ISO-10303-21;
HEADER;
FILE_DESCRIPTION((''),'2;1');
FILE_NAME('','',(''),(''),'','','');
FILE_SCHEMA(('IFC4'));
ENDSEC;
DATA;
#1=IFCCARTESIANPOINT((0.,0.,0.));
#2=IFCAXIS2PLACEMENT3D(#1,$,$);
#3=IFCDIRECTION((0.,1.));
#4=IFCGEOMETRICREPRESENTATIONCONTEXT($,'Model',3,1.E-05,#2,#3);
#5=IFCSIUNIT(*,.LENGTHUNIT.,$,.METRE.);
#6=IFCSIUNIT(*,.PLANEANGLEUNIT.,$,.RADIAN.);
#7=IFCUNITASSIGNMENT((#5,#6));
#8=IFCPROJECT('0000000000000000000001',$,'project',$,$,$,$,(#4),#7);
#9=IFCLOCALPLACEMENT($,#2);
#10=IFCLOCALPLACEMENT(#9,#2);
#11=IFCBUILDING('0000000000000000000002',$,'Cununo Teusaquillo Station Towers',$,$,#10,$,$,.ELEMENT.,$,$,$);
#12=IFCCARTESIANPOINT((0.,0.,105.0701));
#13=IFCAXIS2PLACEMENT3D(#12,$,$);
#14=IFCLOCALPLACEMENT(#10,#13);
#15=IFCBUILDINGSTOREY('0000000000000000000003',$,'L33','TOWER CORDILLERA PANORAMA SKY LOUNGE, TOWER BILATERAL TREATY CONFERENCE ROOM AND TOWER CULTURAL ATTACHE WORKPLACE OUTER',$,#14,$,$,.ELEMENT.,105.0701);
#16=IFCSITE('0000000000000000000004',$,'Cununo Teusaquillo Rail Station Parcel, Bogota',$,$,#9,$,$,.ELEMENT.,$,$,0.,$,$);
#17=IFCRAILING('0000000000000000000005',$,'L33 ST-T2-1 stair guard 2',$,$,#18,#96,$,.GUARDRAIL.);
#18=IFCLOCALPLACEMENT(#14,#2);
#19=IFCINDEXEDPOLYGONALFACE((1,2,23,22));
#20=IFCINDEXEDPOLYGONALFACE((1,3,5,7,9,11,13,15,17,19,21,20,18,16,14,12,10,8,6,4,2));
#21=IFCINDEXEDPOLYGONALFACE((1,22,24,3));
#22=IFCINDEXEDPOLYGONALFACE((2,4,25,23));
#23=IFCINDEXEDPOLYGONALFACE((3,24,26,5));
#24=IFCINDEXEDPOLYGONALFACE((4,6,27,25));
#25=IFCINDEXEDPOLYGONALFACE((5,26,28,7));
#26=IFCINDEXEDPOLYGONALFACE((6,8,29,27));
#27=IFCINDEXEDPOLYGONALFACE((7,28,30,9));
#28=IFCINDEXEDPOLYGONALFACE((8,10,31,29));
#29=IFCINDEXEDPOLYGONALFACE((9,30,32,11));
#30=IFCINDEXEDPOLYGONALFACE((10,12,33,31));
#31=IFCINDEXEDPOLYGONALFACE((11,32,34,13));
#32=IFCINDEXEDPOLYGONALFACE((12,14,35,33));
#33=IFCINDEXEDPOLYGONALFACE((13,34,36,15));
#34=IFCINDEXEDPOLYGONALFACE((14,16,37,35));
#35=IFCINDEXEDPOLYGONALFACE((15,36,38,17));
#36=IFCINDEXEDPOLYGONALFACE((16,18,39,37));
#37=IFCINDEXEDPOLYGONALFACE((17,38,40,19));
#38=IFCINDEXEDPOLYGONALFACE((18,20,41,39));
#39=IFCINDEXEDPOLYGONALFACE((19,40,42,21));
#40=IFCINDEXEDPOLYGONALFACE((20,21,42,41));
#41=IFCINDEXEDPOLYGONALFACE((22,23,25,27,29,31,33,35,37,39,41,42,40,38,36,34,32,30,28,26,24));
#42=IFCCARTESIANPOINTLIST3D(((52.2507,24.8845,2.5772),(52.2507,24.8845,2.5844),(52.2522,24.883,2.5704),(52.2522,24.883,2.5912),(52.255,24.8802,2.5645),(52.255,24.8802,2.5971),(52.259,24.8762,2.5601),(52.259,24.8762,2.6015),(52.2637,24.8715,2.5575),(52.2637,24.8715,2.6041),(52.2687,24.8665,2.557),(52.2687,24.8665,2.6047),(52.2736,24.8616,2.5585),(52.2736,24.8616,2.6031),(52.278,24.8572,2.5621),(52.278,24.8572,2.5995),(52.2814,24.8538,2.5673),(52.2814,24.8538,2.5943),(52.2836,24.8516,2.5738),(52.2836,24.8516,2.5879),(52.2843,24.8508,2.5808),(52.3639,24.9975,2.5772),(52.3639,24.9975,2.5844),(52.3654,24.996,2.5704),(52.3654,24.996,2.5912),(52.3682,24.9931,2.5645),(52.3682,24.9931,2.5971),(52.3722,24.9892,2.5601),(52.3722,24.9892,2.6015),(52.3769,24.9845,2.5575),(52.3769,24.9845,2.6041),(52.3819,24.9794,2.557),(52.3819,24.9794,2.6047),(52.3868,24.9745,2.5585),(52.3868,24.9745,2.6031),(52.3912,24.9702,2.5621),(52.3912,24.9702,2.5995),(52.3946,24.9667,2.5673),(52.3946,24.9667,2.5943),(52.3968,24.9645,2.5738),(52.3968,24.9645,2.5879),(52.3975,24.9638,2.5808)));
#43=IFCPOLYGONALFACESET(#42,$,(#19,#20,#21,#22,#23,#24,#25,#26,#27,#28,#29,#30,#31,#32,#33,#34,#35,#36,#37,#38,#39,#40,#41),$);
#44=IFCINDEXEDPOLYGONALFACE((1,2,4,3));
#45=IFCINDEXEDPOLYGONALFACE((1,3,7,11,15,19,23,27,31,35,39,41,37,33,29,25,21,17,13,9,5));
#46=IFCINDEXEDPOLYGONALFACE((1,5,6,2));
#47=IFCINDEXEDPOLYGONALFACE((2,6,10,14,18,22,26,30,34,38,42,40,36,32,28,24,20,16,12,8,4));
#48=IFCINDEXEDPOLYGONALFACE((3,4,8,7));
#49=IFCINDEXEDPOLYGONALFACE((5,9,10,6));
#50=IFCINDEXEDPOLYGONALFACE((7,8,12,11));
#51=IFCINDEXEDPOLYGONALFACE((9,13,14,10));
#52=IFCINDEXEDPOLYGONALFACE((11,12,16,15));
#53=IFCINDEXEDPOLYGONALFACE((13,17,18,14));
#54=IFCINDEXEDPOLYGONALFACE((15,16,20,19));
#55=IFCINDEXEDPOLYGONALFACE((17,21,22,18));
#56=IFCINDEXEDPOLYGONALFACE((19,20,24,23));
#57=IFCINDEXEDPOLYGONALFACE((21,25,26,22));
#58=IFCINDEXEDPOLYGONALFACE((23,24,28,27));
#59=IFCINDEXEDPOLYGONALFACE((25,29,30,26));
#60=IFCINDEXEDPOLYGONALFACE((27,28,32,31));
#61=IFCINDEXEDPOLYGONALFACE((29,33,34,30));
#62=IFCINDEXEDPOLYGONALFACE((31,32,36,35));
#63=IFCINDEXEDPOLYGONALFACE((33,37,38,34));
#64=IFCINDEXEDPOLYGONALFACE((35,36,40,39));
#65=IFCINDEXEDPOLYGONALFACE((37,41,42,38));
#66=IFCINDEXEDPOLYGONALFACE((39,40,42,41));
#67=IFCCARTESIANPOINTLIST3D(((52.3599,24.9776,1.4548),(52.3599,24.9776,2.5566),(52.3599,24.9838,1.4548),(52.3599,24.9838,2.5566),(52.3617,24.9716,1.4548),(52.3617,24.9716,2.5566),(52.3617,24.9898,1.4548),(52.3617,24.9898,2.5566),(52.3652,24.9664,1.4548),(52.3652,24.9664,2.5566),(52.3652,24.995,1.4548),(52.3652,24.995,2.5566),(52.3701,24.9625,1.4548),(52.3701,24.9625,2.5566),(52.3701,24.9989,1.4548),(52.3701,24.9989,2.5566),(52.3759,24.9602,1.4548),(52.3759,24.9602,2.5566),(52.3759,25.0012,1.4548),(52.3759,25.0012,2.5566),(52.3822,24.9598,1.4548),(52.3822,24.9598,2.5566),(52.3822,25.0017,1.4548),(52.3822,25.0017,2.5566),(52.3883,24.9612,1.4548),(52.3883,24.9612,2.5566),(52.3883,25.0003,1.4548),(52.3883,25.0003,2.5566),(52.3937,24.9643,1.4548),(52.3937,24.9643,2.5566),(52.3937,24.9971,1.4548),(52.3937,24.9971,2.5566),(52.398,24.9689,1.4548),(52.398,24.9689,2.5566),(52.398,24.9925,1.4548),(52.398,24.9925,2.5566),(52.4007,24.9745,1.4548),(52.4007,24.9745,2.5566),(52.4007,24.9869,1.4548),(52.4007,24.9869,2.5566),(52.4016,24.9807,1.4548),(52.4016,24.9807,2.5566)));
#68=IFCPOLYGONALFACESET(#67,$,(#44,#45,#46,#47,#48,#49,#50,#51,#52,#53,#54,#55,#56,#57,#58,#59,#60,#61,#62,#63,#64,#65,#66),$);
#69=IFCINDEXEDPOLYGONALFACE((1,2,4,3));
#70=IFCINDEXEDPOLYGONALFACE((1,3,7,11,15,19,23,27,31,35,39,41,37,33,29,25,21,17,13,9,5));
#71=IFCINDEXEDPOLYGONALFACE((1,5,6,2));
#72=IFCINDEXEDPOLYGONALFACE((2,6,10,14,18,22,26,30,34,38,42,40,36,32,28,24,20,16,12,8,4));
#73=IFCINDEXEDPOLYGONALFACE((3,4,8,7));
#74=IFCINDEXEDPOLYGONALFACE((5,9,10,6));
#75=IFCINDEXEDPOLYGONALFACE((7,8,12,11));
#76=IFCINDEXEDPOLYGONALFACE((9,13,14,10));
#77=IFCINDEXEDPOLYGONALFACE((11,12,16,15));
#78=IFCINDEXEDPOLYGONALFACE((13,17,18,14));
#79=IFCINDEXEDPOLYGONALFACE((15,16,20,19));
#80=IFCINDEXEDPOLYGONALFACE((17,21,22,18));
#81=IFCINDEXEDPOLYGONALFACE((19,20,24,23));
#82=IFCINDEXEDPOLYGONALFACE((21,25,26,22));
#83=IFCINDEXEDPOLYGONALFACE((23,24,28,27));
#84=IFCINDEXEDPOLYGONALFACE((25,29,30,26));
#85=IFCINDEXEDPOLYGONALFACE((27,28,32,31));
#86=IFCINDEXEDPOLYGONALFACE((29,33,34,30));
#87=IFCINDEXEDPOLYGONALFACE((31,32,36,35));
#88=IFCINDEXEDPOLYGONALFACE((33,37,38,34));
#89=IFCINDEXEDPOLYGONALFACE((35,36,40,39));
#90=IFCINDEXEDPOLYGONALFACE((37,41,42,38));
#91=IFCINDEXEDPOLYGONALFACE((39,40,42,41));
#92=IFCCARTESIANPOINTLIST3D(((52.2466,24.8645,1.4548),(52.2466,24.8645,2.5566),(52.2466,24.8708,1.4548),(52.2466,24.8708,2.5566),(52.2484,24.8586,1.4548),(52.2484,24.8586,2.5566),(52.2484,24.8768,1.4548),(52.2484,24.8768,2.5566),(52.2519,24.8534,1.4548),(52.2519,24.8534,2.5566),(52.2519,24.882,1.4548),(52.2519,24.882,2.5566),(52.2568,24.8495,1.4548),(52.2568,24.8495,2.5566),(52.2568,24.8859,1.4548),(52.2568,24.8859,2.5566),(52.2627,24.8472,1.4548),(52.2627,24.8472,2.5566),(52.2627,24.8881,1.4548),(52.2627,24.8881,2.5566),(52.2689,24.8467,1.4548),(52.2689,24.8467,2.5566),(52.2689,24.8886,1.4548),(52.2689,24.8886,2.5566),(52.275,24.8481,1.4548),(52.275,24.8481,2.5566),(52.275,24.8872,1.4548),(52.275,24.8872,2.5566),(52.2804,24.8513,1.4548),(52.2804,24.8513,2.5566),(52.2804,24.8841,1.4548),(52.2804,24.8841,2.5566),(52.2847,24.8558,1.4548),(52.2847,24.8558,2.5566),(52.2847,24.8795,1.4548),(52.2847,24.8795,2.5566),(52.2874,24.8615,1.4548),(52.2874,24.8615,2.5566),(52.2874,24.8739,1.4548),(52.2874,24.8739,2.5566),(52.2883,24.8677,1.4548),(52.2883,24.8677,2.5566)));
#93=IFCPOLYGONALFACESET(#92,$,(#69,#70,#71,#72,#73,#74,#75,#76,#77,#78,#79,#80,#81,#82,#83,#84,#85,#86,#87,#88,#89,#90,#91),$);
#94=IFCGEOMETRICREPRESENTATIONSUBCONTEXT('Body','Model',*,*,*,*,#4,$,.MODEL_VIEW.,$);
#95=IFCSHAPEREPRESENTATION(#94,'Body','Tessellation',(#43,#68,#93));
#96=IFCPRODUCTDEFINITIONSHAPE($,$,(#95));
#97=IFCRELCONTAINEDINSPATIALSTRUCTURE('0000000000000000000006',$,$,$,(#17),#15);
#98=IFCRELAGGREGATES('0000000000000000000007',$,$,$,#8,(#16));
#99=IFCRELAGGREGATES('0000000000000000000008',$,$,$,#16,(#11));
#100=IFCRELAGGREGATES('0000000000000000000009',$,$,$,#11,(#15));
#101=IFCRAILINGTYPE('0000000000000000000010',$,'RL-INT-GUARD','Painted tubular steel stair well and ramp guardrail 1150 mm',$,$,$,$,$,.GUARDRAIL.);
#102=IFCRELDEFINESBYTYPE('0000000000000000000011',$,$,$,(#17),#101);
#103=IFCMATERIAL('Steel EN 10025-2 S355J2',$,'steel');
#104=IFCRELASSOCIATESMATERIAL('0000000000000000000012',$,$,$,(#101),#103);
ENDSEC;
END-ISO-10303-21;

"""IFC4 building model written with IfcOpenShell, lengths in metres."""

from ifc_helpers import new_model, si_unit, direction, frame, origin, origin_2d, place, context, subcontext, project, spatial, circle, extrude, material, type_object, element, save


model = new_model("IFC4")

# Units and contexts
model_context = context("Model", 3, precision=1e-05, world=origin(), true_north=direction((0.0, 1.0)))
body_context = subcontext(model_context, "Body", "Model", "MODEL_VIEW")
ifc_project = project(units=[si_unit("LENGTHUNIT", "METRE"), si_unit("PLANEANGLEUNIT", "RADIAN")], contexts=[model_context])

# Site, building, storey
site_placement = place(None, origin())
site = spatial("IfcSite", under=ifc_project, at=site_placement, Name="Cununo Teusaquillo Rail Station Parcel, Bogota", CompositionType="ELEMENT", RefElevation=0.0)
building_placement = place(site_placement, origin())
building = spatial("IfcBuilding", under=site, at=building_placement, Name="Cununo Teusaquillo Station Towers", CompositionType="ELEMENT")
storey_placement = place(building_placement, frame((0.0, 0.0, 105.0701)))
storey = spatial("IfcBuildingStorey", under=building, at=storey_placement, Name="L33", Description="TOWER CORDILLERA PANORAMA SKY LOUNGE, TOWER BILATERAL TREATY CONFERENCE ROOM AND TOWER CULTURAL ATTACHE WORKPLACE OUTER", CompositionType="ELEMENT", Elevation=105.0701)

# Railing
ifc_material_1 = material(Name="Steel EN 10025-2 S355J2", Category="steel")
railing_type_1 = type_object("IfcRailingType", Name="RL-INT-GUARD", Description="Painted tubular steel stair well and ramp guardrail 1150 mm", PredefinedType="GUARDRAIL", material=ifc_material_1)
railing_1_placement = place(storey_placement, frame((52.3806, 24.9807, 1.4548)))
element("IfcRailing", 1, at=railing_1_placement, inside=storey, type_object=railing_type_1, Name="L33 ST-T2-1 stair guard 2", PredefinedType="GUARDRAIL", context=body_context, shape_type="SweptSolid", body=[
    extrude(circle(Radius=0.0239, at=origin_2d()), frame((0.0, 0.0, 1.126), z_axis=(-0.707869, -0.706344, 0.0), x_axis=(0.706344, -0.707869, 0.0)), (0.0, 0.0, 1.0), 0.1599),
    extrude(circle(Radius=0.021, at=origin_2d()), origin(), (0.0, 0.0, 1.0), 1.1018),
    extrude(circle(Radius=0.021, at=origin_2d()), frame((-0.1133, -0.113, 0.0)), (0.0, 0.0, 1.0), 1.1018),
])

save(model, "model.ifc")
